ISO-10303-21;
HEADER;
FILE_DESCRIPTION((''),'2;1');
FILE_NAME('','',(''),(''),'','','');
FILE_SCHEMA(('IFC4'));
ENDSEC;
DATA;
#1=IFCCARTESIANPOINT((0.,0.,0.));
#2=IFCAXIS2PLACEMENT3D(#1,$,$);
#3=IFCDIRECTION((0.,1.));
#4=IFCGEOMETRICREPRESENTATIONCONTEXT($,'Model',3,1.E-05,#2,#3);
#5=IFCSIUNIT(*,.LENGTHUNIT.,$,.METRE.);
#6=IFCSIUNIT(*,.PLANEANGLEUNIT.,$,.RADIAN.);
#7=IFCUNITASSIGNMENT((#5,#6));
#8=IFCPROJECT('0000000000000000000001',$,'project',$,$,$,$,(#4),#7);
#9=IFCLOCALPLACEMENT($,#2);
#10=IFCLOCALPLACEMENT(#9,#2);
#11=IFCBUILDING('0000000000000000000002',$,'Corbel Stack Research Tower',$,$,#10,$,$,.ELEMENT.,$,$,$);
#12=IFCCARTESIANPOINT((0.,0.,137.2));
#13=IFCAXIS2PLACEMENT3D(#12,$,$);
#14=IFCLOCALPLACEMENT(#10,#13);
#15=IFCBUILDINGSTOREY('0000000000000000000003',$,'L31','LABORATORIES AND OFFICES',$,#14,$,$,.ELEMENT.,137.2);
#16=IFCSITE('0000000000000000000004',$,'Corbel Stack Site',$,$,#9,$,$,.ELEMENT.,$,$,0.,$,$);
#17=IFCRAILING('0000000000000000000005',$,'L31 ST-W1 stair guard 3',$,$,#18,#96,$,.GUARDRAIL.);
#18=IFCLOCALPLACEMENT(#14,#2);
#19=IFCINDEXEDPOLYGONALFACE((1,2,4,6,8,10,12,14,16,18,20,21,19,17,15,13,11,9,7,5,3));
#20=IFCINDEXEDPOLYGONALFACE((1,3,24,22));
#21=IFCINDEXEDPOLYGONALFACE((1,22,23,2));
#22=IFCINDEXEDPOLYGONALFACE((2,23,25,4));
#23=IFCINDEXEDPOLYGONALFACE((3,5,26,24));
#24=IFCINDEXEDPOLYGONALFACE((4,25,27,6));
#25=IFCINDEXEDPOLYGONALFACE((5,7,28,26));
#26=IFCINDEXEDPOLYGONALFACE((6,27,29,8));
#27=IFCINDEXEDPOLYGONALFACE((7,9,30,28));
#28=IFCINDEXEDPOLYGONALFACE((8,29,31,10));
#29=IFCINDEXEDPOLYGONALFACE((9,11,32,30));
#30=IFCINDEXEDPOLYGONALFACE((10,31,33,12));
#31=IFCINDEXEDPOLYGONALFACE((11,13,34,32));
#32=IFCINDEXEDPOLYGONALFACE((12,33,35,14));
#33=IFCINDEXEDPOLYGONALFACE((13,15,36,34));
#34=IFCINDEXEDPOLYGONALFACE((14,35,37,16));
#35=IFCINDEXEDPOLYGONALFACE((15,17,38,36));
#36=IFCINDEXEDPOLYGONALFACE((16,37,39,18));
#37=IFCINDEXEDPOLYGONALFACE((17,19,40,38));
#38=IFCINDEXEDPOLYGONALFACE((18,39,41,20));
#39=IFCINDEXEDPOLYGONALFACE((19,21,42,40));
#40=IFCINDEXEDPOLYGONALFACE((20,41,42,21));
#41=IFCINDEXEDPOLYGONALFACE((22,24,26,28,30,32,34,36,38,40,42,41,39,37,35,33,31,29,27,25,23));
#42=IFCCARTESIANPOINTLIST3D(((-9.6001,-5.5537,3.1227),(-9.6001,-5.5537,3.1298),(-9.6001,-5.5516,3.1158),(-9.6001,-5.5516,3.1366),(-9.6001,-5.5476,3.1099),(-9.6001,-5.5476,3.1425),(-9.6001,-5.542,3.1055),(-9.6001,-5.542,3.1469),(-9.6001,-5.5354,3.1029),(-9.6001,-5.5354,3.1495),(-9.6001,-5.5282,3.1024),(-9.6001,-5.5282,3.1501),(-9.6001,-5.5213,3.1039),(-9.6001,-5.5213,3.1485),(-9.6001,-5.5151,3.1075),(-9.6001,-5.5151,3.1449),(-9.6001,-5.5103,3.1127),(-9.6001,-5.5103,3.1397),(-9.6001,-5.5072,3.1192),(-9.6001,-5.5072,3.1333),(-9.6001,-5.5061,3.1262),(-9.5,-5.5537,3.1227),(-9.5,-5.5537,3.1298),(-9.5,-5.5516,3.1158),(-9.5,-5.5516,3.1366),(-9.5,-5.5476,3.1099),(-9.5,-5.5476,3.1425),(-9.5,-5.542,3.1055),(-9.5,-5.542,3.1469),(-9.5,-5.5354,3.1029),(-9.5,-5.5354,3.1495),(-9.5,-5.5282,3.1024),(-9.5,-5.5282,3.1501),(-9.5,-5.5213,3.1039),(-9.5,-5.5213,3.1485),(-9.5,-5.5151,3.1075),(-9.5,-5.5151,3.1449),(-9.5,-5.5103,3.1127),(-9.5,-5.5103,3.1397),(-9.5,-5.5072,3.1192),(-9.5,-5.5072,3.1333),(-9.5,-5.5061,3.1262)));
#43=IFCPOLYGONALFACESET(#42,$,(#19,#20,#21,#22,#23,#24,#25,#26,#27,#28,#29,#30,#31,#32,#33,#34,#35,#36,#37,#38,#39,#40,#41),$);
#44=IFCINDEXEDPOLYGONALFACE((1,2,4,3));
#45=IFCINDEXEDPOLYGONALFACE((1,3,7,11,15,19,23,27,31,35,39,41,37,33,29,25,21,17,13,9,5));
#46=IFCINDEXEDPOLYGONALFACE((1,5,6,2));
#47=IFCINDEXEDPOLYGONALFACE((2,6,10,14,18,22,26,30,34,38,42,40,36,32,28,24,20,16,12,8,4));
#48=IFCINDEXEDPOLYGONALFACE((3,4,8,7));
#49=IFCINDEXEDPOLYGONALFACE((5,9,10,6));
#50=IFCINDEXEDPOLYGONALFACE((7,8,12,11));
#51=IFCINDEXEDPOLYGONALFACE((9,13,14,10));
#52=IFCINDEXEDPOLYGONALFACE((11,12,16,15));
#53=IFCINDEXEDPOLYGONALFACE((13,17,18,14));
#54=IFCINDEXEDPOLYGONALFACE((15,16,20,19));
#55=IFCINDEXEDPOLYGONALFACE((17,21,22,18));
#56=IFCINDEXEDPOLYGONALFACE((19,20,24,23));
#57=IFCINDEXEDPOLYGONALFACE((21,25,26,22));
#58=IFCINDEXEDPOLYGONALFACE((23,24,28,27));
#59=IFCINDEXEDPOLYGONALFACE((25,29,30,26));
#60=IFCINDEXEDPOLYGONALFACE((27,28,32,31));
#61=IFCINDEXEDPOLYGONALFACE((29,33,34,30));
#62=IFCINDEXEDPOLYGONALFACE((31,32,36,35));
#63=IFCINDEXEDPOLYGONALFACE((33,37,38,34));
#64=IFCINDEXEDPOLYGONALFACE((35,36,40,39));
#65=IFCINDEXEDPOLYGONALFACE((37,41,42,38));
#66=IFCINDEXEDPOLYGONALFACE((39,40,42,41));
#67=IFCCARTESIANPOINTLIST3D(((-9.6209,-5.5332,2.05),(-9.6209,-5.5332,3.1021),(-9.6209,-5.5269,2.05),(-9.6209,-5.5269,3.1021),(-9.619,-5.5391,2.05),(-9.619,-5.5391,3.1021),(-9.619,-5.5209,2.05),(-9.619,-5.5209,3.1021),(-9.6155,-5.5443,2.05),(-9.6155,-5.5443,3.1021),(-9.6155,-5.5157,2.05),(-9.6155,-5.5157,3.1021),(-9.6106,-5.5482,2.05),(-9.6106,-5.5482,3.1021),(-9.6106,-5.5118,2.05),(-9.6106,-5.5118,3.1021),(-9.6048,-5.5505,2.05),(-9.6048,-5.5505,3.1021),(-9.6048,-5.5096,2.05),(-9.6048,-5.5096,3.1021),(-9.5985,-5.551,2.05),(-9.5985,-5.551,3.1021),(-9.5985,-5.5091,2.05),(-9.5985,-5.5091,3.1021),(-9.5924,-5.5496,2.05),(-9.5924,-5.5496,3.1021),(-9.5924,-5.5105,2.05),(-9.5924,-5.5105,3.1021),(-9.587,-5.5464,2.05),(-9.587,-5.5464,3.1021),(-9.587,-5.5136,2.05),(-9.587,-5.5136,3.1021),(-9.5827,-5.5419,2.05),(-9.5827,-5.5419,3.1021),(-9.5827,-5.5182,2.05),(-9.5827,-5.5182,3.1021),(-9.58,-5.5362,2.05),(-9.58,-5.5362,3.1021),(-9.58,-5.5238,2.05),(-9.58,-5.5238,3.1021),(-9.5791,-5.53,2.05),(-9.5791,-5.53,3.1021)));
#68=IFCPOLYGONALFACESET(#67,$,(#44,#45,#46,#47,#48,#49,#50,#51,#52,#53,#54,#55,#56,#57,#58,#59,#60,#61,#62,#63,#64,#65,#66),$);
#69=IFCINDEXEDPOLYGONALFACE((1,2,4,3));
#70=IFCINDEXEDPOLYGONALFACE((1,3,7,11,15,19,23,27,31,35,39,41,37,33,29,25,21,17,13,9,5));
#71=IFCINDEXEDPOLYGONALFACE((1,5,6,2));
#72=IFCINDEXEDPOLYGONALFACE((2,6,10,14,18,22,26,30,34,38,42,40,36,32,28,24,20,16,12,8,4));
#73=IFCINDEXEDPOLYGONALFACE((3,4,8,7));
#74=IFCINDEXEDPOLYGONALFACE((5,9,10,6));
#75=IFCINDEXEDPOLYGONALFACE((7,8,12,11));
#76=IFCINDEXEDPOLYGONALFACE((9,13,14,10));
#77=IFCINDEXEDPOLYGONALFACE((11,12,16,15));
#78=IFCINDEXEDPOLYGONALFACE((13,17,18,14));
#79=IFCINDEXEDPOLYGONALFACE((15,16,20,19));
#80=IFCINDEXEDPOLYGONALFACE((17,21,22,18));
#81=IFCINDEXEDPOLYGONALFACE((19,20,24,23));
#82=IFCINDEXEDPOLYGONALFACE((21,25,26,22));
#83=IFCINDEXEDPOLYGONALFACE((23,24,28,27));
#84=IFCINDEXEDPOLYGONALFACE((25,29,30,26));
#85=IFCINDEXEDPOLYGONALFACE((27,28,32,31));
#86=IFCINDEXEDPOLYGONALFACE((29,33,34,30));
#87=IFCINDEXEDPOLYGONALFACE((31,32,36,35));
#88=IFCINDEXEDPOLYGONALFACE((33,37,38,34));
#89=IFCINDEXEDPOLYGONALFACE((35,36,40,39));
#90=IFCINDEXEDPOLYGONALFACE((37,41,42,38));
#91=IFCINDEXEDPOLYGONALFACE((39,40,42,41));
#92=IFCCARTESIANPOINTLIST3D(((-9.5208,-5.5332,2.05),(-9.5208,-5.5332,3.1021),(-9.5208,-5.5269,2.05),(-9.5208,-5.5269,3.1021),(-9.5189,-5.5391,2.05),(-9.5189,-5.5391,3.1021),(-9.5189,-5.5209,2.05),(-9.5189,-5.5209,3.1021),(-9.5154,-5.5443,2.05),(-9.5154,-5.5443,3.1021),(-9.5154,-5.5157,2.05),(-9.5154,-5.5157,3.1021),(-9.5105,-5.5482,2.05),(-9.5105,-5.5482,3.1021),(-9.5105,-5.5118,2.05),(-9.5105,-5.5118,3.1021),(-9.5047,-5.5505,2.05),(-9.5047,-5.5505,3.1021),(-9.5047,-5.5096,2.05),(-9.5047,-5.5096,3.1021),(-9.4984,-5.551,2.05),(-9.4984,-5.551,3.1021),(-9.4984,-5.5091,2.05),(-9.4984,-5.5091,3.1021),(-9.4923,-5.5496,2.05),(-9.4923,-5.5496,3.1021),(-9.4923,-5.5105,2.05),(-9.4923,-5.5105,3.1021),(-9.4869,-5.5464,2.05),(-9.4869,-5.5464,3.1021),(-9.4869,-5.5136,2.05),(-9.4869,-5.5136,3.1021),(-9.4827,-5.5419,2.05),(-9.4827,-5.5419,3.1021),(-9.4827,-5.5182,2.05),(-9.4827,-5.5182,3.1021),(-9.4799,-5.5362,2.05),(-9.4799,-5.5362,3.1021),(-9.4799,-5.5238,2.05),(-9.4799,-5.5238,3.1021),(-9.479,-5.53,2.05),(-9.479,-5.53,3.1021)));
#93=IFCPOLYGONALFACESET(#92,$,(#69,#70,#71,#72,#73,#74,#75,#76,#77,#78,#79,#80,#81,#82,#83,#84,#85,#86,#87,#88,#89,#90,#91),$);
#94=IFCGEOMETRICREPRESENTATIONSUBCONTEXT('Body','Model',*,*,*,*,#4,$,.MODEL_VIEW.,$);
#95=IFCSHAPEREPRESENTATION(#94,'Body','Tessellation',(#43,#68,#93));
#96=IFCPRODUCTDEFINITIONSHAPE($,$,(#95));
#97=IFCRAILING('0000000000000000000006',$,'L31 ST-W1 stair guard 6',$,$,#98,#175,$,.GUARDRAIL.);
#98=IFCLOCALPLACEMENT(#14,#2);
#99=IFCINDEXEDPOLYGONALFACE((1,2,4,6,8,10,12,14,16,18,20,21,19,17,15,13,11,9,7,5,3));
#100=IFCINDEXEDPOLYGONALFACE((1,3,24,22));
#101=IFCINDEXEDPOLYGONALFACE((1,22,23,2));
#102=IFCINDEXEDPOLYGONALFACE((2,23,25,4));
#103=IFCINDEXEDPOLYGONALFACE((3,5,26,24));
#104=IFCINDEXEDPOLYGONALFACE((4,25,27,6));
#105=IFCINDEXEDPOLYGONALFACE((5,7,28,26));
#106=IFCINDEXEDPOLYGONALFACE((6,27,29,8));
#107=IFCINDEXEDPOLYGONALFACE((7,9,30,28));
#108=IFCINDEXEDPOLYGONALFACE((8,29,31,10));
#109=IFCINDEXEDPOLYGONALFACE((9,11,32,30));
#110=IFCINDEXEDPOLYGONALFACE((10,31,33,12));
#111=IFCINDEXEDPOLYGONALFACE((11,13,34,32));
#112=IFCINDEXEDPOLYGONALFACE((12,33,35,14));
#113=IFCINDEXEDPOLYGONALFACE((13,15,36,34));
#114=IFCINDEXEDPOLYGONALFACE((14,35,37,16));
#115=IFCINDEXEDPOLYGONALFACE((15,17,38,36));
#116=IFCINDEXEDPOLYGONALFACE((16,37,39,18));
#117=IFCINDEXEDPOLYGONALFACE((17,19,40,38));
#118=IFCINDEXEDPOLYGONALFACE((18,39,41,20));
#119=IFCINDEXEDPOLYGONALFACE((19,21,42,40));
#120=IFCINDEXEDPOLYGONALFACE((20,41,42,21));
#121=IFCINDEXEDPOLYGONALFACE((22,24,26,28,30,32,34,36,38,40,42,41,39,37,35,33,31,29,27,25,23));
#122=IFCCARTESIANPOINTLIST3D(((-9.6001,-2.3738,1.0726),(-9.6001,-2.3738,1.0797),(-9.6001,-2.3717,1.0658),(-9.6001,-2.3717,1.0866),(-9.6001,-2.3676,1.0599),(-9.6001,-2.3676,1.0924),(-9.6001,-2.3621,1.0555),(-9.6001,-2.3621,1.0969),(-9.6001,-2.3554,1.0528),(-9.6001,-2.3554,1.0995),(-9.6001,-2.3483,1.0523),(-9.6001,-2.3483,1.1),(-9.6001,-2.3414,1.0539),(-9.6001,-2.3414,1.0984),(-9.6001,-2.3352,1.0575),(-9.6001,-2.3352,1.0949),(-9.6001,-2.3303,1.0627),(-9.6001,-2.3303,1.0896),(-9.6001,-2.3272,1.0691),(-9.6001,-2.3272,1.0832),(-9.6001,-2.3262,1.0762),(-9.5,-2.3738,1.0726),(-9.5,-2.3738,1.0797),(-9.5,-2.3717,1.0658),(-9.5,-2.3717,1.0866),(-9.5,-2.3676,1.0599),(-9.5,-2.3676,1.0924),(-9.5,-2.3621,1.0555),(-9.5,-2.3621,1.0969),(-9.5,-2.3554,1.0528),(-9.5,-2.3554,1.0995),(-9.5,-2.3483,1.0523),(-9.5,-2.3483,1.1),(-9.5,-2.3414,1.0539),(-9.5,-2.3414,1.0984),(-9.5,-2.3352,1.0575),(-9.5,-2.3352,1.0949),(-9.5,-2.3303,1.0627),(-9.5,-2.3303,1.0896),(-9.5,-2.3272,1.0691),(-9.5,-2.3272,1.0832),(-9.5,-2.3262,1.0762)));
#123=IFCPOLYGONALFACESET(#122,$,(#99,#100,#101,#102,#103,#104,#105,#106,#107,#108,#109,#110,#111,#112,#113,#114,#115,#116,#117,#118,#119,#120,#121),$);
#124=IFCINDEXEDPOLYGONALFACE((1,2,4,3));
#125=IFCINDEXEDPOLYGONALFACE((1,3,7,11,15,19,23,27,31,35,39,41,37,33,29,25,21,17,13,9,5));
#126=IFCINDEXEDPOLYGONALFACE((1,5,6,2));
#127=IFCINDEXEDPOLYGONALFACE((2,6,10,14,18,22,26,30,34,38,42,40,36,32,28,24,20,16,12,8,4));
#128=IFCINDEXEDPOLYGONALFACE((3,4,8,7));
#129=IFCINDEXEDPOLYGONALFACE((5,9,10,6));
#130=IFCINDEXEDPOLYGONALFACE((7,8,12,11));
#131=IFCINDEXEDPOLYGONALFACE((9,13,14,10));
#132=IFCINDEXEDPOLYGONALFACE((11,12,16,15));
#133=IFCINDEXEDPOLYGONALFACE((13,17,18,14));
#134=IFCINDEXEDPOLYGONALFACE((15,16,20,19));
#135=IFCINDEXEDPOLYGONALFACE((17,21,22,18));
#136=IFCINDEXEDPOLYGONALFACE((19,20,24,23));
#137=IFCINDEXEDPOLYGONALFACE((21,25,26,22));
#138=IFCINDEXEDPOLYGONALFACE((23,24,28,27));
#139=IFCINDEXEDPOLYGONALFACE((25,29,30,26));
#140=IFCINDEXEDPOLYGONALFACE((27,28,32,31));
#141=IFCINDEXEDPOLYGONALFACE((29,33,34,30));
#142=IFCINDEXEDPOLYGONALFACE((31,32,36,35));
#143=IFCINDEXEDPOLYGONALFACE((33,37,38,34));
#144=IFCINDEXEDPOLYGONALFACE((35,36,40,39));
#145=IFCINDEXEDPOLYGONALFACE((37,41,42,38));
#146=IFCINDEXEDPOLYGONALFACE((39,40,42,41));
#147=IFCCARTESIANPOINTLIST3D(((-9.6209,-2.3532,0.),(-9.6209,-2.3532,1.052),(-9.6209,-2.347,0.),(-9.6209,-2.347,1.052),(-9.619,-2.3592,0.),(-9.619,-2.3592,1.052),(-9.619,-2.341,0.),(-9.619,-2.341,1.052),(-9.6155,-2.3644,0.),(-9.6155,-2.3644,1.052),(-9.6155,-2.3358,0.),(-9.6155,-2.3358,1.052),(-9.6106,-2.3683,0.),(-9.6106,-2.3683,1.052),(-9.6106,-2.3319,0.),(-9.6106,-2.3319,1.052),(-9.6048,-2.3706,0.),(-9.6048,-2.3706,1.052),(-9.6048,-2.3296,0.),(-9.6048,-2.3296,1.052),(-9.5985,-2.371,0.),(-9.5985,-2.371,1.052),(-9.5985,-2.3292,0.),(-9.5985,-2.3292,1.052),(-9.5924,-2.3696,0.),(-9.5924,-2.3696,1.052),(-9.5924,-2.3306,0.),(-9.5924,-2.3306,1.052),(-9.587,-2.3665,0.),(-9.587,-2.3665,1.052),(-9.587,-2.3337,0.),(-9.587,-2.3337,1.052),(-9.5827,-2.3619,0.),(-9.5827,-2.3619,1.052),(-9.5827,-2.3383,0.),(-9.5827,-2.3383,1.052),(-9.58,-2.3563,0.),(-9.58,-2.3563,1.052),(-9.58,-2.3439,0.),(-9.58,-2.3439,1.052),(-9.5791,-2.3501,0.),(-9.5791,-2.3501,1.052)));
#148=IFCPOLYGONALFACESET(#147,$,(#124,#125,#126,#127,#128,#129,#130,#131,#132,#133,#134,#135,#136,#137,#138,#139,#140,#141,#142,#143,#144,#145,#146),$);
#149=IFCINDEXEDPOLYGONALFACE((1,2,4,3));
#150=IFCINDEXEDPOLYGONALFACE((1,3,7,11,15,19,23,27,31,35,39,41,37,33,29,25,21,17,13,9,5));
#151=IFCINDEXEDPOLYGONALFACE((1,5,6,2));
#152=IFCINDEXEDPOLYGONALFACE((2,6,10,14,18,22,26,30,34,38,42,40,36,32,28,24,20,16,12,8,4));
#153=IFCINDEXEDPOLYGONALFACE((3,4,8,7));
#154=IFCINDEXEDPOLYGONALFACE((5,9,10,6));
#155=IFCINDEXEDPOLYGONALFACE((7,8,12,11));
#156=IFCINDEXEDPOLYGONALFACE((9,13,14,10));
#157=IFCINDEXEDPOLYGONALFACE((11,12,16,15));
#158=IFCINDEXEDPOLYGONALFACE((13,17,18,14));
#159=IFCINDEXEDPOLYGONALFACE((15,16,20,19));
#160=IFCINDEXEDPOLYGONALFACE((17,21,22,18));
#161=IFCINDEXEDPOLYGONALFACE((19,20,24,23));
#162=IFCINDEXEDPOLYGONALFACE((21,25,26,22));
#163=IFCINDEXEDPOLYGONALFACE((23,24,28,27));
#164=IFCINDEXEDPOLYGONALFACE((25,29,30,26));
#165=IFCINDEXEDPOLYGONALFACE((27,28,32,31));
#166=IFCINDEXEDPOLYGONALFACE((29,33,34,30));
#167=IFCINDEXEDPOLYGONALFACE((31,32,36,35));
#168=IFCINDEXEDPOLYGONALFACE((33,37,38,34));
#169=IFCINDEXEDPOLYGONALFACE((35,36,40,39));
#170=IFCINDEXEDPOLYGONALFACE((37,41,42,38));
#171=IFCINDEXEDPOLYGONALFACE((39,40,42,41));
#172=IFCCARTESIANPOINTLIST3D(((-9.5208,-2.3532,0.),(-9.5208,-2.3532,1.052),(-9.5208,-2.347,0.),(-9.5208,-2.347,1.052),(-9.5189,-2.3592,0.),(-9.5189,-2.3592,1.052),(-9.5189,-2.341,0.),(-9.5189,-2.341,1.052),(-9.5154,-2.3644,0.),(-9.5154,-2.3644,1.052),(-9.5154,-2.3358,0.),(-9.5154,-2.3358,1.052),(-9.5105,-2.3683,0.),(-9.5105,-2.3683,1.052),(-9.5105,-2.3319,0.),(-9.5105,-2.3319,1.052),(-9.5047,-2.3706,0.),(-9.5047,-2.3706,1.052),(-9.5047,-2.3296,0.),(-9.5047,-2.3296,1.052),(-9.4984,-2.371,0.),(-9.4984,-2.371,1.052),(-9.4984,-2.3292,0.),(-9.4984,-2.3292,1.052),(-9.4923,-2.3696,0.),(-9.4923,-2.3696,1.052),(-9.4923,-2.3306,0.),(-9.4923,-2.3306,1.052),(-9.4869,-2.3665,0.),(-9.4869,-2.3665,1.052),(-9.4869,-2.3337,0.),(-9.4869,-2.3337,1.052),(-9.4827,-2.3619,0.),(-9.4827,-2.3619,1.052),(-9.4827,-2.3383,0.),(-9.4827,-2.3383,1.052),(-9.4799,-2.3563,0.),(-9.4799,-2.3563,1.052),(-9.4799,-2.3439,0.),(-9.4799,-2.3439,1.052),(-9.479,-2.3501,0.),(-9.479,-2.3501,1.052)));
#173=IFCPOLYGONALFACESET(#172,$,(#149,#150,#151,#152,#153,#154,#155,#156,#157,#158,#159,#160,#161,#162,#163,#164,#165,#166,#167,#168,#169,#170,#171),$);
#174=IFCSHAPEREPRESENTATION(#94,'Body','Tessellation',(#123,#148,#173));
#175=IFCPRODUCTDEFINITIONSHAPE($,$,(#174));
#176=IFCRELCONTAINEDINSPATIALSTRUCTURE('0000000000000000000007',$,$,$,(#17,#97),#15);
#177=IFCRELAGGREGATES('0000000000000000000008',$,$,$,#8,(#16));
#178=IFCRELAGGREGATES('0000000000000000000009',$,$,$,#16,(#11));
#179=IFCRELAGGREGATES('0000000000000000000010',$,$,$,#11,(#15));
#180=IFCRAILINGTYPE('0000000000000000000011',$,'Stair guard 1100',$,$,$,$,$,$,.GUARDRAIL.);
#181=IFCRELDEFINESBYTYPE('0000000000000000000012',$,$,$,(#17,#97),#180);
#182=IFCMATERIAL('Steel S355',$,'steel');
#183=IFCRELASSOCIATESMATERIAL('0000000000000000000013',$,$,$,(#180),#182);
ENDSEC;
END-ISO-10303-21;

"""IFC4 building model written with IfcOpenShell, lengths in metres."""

from ifc_helpers import new_model, si_unit, direction, frame, origin, origin_2d, place, context, subcontext, project, spatial, circle, extrude, material, type_object, element, save


model = new_model("IFC4")

# Units and contexts
model_context = context("Model", 3, precision=1e-05, world=origin(), true_north=direction((0.0, 1.0)))
body_context = subcontext(model_context, "Body", "Model", "MODEL_VIEW")
ifc_project = project(units=[si_unit("LENGTHUNIT", "METRE"), si_unit("PLANEANGLEUNIT", "RADIAN")], contexts=[model_context])

# Site, building, storey
site_placement = place(None, origin())
site = spatial("IfcSite", under=ifc_project, at=site_placement, Name="Corbel Stack Site", CompositionType="ELEMENT", RefElevation=0.0)
building_placement = place(site_placement, origin())
building = spatial("IfcBuilding", under=site, at=building_placement, Name="Corbel Stack Research Tower", CompositionType="ELEMENT")
storey_placement = place(building_placement, frame((0.0, 0.0, 137.2)))
storey = spatial("IfcBuildingStorey", under=building, at=storey_placement, Name="L31", Description="LABORATORIES AND OFFICES", CompositionType="ELEMENT", Elevation=137.2)

# Railings
ifc_material_1 = material(Name="Steel S355", Category="steel")
railing_type = type_object("IfcRailingType", Name="Stair guard 1100", PredefinedType="GUARDRAIL", material=ifc_material_1)
for number, where, name in (
    (1, (-9.6001, -5.53, 2.05), "L31 ST-W1 stair guard 3"),
    (2, (-9.6001, -2.3501, 0.0), "L31 ST-W1 stair guard 6"),
):
    element("IfcRailing", number, at=place(storey_placement, frame(where)), inside=storey, type_object=railing_type, Name=name, PredefinedType="GUARDRAIL", context=body_context, shape_type="SweptSolid", body=[
        extrude(circle(Radius=0.0239, at=origin_2d()), frame((0.0, 0.0, 1.0762), z_axis=(1.0, 0.0, 0.0), x_axis=(0.0, 1.0, 0.0)), (0.0, 0.0, 1.0), 0.1001),
        extrude(circle(Radius=0.021, at=origin_2d()), origin(), (0.0, 0.0, 1.0), 1.052),
        extrude(circle(Radius=0.021, at=origin_2d()), frame((0.1001, 0.0, 0.0)), (0.0, 0.0, 1.0), 1.052),
    ])

save(model, "model.ifc")
